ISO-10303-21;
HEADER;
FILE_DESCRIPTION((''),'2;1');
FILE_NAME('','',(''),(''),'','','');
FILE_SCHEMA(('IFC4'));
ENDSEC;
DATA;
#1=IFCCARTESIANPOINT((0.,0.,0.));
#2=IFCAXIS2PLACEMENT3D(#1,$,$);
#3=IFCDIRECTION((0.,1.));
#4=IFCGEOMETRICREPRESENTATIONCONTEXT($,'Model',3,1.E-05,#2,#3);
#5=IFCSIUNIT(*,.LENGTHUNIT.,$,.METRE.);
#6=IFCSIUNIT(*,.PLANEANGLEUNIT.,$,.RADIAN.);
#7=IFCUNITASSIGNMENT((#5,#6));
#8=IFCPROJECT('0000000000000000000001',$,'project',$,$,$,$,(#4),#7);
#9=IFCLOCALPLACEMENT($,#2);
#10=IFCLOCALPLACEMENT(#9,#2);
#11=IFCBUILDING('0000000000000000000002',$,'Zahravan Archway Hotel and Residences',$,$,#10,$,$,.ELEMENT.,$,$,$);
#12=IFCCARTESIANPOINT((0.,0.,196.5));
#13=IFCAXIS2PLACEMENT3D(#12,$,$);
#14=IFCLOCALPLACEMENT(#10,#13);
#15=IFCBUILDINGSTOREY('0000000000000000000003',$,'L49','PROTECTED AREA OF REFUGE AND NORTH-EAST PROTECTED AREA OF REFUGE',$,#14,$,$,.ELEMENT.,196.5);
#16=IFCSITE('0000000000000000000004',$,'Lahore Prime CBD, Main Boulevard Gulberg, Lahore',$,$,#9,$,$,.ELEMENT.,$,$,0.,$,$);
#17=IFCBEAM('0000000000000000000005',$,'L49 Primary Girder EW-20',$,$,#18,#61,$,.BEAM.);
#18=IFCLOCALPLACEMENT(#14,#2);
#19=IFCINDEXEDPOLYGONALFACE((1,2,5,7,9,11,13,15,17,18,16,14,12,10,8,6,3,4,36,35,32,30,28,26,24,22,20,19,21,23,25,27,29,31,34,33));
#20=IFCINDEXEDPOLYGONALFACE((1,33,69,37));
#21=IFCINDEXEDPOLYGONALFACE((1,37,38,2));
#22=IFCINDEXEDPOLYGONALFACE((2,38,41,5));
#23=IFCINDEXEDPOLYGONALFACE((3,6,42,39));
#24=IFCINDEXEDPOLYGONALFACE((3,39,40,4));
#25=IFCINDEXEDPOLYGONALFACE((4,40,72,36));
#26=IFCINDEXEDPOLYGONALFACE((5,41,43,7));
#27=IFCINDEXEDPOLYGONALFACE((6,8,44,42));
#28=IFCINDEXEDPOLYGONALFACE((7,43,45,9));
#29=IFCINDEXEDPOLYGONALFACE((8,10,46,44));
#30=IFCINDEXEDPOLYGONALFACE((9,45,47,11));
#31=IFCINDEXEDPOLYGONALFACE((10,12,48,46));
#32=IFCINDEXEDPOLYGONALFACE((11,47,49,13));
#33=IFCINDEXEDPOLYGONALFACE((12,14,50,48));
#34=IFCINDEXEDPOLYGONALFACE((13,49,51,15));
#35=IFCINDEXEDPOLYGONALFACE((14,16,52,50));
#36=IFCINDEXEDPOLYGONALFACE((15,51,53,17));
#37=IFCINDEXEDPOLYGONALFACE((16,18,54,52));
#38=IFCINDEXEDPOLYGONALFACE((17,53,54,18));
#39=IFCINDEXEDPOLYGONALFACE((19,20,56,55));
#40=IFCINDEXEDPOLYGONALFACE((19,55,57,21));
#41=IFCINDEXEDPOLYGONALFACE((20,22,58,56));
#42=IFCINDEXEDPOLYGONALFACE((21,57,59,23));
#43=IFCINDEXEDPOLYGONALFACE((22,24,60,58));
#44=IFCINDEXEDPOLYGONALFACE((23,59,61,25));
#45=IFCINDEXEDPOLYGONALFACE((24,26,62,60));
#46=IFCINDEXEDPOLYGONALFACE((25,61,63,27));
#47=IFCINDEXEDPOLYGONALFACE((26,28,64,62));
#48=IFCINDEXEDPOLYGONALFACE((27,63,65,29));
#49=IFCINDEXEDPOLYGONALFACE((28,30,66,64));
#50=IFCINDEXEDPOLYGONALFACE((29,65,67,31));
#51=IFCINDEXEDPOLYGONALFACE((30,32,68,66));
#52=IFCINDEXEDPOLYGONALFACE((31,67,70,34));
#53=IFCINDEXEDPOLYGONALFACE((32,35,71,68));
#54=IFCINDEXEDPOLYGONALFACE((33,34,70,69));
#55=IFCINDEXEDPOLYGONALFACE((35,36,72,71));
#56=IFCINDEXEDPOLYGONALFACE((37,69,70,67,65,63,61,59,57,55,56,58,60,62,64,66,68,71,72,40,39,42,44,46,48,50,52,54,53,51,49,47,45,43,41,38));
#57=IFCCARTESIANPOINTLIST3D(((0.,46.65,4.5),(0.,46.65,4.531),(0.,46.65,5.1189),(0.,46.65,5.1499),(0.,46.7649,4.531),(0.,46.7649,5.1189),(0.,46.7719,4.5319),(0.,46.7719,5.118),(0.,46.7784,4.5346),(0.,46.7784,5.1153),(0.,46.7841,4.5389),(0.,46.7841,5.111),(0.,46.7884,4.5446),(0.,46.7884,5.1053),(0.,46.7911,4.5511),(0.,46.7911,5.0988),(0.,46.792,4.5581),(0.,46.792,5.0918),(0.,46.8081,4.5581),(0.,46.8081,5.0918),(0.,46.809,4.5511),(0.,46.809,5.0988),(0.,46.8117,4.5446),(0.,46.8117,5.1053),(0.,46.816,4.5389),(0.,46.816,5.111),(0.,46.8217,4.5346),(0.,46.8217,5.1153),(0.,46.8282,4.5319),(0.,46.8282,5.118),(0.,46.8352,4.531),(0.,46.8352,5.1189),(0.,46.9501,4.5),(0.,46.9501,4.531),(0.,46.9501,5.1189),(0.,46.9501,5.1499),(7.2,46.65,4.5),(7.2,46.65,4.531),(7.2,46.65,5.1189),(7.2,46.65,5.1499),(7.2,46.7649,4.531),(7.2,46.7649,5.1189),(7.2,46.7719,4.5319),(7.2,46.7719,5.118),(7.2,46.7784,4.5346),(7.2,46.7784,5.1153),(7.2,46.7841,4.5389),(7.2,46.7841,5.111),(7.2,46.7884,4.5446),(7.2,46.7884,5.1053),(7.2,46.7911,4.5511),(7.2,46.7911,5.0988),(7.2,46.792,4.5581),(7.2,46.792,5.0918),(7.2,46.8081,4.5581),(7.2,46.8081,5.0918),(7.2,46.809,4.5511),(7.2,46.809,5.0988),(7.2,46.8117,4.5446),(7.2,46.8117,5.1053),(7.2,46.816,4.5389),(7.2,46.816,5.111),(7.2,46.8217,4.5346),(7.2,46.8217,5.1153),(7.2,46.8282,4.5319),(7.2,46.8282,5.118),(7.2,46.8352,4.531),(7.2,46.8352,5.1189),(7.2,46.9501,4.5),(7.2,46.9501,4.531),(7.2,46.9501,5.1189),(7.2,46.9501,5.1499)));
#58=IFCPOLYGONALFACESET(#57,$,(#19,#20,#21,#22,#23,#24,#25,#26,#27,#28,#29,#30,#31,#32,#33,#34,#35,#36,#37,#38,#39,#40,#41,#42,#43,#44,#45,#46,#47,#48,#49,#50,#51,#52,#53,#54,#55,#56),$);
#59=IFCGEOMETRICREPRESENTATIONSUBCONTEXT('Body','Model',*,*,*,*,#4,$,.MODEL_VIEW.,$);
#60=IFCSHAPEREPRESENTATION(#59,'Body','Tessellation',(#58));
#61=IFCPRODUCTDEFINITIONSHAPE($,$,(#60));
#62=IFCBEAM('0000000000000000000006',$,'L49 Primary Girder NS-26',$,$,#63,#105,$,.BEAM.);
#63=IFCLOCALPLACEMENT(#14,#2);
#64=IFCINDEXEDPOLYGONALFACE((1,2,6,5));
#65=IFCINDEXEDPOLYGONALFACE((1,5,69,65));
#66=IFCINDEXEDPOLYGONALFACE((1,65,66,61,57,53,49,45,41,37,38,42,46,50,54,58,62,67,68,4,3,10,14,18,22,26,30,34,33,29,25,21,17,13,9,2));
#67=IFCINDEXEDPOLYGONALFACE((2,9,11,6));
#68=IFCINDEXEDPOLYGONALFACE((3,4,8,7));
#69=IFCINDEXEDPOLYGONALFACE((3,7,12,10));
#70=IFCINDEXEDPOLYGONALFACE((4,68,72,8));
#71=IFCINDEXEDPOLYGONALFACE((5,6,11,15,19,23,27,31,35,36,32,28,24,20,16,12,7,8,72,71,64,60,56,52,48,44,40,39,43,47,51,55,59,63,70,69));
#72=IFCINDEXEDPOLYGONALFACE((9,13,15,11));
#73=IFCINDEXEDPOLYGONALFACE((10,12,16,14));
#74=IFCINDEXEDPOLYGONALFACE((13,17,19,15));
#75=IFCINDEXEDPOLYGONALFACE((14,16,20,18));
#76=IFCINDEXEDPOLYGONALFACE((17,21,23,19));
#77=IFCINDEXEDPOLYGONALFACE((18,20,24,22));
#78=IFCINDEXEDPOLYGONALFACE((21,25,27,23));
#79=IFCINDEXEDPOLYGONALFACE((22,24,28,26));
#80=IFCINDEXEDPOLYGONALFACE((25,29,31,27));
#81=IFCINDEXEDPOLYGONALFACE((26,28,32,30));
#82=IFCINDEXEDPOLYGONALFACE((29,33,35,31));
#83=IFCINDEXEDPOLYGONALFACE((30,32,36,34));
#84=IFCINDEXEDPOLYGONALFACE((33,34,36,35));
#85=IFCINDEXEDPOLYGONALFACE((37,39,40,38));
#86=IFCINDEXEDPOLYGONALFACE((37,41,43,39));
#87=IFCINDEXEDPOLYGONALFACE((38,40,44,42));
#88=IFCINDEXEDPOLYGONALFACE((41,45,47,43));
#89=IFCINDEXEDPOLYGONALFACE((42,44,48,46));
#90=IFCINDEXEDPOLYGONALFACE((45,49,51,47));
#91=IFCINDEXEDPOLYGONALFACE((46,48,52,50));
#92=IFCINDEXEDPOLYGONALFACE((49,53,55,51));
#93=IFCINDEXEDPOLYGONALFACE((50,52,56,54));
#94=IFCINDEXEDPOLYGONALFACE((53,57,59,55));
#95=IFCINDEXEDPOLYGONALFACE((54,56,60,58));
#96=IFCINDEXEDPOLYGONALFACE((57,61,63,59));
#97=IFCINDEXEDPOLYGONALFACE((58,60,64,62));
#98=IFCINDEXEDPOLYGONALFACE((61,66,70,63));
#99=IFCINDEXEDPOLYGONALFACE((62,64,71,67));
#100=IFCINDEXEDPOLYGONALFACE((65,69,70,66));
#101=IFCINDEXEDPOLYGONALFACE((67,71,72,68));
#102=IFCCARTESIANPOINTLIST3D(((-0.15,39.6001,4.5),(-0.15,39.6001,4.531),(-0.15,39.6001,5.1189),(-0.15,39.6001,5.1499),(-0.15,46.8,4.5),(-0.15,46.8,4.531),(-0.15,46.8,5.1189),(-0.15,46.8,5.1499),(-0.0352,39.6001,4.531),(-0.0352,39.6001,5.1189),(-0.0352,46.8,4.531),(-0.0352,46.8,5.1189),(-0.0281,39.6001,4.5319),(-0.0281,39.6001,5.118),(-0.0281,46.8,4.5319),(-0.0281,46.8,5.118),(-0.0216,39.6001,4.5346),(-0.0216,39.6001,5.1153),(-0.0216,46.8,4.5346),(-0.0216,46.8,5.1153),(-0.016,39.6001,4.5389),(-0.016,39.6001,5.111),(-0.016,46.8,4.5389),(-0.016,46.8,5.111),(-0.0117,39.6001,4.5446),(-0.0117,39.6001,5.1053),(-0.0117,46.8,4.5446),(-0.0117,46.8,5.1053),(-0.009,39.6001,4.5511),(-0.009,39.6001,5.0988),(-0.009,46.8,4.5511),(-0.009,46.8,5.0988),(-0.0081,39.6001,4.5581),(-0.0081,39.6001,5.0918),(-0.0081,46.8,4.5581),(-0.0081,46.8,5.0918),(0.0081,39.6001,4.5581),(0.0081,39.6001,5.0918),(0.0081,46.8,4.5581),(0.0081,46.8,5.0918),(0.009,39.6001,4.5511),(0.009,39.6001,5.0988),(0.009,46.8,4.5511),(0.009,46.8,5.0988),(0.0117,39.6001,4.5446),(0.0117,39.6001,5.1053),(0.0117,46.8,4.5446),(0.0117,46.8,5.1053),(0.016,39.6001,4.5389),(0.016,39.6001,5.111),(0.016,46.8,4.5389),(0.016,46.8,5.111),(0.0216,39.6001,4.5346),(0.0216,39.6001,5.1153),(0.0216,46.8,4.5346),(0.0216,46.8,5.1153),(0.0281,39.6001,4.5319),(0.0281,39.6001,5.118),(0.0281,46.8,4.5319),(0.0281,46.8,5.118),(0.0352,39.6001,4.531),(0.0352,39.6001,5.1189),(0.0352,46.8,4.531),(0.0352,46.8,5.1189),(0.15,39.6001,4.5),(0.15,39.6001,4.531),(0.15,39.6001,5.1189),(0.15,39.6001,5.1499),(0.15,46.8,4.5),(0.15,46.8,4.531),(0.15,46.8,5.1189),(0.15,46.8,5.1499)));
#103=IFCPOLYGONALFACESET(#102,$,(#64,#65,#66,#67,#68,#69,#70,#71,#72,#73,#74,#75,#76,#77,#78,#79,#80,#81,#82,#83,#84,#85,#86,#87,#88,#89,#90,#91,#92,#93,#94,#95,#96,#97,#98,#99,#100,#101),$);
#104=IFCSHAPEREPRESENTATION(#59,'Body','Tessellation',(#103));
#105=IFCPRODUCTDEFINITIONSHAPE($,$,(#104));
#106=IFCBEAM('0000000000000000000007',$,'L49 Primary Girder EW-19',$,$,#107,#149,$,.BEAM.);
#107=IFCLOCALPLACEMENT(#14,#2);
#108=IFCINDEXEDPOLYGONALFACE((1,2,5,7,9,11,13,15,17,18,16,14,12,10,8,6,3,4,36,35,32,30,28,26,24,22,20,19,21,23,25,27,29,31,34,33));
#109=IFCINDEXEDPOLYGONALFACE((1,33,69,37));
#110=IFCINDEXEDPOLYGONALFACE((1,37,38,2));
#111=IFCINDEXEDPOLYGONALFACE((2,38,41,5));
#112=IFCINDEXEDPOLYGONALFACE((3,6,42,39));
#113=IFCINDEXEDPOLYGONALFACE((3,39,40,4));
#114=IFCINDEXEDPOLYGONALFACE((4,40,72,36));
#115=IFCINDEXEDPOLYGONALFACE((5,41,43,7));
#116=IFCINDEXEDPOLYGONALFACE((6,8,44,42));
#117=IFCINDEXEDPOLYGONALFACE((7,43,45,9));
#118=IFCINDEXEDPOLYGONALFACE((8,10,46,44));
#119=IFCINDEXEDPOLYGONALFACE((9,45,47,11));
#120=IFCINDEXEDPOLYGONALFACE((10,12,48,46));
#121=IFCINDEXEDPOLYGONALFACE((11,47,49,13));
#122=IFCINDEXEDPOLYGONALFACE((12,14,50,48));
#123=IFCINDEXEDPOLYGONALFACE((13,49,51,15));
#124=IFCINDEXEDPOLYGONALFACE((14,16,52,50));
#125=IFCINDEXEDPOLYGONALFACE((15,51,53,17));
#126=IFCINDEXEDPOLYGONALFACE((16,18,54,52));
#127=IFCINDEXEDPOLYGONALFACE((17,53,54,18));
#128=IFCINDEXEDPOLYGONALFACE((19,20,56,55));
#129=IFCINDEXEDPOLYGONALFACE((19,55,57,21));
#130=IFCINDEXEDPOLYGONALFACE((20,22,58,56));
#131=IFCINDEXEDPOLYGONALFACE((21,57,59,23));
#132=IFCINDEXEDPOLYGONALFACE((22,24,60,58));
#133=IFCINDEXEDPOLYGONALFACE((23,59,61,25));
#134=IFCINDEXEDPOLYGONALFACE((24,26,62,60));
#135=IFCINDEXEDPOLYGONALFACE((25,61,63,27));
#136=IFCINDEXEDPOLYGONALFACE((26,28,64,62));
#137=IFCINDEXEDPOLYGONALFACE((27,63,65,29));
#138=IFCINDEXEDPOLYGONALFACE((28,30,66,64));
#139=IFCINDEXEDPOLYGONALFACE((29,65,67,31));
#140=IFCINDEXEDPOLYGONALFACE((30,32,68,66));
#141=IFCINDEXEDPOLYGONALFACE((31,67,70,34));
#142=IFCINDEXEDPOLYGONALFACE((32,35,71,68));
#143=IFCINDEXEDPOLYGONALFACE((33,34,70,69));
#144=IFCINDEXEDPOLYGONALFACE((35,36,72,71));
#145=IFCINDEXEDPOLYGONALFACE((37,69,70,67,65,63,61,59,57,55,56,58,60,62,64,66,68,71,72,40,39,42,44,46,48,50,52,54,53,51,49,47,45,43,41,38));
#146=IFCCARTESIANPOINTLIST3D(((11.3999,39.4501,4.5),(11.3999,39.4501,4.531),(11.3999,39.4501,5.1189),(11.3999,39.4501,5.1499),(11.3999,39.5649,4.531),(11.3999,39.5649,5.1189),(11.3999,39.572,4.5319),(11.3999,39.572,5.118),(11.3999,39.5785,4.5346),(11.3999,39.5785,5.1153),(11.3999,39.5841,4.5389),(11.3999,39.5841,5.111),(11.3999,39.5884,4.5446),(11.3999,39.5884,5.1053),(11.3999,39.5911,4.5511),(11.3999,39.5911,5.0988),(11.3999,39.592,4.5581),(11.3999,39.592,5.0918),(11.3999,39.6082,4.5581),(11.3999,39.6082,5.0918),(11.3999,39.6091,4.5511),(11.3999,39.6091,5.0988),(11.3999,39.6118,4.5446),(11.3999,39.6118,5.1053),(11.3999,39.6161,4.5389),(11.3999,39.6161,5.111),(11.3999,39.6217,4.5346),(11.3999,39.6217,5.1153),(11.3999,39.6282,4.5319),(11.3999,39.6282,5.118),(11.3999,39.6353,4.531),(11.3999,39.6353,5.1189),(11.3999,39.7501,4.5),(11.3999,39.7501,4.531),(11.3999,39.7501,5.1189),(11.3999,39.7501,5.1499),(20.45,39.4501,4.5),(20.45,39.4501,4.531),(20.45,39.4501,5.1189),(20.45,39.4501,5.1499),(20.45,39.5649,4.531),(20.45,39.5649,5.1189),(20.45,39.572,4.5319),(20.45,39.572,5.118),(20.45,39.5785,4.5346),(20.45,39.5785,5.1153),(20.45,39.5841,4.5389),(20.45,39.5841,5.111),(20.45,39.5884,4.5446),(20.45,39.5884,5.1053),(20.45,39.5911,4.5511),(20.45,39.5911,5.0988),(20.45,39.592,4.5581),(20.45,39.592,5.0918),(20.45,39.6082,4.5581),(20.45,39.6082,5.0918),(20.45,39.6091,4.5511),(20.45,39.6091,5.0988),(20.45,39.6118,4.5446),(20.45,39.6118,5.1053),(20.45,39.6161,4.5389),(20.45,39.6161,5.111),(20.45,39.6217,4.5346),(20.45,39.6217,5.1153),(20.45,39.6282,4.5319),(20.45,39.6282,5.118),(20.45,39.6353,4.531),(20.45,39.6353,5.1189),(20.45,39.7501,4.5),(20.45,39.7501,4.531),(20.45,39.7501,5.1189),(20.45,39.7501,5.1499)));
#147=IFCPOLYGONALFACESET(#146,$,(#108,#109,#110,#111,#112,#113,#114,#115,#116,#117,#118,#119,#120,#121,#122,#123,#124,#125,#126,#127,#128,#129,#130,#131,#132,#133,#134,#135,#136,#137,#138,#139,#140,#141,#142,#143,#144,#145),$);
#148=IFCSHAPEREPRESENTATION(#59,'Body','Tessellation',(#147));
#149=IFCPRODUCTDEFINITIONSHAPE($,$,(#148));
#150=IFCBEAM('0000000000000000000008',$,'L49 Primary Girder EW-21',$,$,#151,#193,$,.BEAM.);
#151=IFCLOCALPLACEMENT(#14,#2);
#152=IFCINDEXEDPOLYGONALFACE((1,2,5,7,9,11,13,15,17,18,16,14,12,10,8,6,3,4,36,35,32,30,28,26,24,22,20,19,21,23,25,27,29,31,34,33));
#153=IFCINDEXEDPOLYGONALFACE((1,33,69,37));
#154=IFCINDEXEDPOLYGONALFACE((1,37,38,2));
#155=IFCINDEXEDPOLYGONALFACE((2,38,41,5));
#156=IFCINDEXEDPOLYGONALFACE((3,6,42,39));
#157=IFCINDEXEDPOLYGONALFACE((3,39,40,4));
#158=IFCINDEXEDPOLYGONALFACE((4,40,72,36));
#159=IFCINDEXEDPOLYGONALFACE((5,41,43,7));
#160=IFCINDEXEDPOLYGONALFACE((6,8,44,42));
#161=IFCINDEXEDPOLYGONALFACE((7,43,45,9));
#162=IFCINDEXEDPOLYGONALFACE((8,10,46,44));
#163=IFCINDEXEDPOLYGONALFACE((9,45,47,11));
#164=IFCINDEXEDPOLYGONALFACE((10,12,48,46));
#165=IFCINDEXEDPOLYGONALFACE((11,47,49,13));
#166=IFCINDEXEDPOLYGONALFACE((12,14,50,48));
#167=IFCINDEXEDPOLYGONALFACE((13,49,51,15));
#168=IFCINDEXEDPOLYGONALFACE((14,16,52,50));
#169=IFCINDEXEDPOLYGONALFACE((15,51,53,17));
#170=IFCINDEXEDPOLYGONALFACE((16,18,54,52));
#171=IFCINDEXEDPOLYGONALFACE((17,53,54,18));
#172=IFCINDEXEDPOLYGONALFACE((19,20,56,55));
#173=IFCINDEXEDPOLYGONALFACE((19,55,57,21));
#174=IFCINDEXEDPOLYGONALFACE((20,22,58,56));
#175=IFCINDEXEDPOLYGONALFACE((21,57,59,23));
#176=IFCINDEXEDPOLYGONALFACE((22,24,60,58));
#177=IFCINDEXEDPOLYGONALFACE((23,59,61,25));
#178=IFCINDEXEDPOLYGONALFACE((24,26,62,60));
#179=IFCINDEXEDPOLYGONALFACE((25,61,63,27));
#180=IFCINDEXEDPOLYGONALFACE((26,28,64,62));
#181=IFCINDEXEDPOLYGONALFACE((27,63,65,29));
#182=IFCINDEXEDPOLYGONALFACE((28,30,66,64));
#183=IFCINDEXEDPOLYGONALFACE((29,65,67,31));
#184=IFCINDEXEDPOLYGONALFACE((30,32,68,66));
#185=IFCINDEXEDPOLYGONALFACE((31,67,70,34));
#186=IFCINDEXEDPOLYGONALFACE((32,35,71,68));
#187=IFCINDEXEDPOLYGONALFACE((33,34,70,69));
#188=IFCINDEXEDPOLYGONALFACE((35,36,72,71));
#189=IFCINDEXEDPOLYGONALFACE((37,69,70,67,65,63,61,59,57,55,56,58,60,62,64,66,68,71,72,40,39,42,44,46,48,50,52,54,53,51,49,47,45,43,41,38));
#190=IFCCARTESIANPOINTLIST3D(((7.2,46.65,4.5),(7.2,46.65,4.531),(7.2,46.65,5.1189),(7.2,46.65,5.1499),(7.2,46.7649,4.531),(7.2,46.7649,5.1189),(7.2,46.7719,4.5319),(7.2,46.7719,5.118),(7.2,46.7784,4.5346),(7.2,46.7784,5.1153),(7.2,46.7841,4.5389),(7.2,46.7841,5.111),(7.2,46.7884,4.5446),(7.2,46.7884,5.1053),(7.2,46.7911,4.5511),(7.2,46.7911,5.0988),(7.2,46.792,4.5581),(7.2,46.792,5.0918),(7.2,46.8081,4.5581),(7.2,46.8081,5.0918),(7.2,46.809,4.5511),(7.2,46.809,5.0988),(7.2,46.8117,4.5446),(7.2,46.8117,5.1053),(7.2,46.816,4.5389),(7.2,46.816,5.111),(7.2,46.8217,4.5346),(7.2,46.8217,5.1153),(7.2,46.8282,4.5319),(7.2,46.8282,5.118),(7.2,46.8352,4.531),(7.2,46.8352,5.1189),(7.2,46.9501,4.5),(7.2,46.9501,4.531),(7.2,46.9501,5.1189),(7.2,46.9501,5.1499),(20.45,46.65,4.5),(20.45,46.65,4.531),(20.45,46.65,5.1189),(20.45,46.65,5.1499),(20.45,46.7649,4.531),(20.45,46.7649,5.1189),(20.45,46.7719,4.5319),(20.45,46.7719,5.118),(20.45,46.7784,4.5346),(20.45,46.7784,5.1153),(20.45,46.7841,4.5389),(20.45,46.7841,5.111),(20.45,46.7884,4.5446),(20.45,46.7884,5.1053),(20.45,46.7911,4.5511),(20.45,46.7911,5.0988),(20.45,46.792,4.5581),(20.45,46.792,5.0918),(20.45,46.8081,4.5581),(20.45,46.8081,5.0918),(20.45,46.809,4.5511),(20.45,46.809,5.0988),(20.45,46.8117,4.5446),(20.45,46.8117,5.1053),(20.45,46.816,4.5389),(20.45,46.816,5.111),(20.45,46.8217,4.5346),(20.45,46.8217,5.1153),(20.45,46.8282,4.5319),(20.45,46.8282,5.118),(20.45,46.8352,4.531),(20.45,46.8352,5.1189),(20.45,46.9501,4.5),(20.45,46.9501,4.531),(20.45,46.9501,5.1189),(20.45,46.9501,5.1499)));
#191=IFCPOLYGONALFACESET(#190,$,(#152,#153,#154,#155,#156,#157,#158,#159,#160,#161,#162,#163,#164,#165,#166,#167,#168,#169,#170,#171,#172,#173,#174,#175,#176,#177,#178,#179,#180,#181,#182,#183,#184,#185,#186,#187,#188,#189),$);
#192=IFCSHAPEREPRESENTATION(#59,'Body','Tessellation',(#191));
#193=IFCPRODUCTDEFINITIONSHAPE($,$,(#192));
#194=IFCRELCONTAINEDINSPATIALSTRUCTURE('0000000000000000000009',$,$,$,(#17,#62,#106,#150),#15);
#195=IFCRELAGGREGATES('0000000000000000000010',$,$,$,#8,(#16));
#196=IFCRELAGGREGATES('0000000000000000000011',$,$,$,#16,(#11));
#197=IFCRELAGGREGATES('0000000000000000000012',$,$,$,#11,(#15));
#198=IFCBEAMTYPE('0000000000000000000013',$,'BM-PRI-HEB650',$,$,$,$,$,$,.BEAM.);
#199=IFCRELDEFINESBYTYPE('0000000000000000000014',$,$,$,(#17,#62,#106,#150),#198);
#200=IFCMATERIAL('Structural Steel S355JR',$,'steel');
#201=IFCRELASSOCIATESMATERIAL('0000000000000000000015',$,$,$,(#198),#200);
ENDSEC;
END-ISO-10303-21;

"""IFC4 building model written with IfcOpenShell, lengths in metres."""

from ifc_helpers import new_model, si_unit, direction, frame, origin, origin_2d, place, context, subcontext, project, spatial, i_section, extrude, source, transform, mapped, material, material_profile, profile_set, type_object, element, save


model = new_model("IFC4")

# Units and contexts
model_context = context("Model", 3, precision=1e-05, world=origin(), true_north=direction((0.0, 1.0)))
body_context = subcontext(model_context, "Body", "Model", "MODEL_VIEW")
ifc_project = project(units=[si_unit("LENGTHUNIT", "METRE"), si_unit("PLANEANGLEUNIT", "RADIAN")], contexts=[model_context])

# Site, building, storey
site_placement = place(None, origin())
site = spatial("IfcSite", under=ifc_project, at=site_placement, Name="Lahore Prime CBD, Main Boulevard Gulberg, Lahore", CompositionType="ELEMENT", RefElevation=0.0)
building_placement = place(site_placement, origin())
building = spatial("IfcBuilding", under=site, at=building_placement, Name="Zahravan Archway Hotel and Residences", CompositionType="ELEMENT")
storey_placement = place(building_placement, frame((0.0, 0.0, 196.5)))
storey = spatial("IfcBuildingStorey", under=building, at=storey_placement, Name="L49", Description="PROTECTED AREA OF REFUGE AND NORTH-EAST PROTECTED AREA OF REFUGE", CompositionType="ELEMENT", Elevation=196.5)

# Beams
ifc_material_1 = material(Name="Structural Steel S355JR", Category="steel")
ifc_material_profile_1 = material_profile(ifc_material_1, i_section(OverallWidth=0.3, OverallDepth=0.6499, WebThickness=0.0161, FlangeThickness=0.031, FilletRadius=0.0271, at=origin_2d()), Name="HEB 650", Category="steel")
ifc_profile_set_1 = profile_set([ifc_material_profile_1], Name="Structural Steel S355JR")
beam_type_1 = type_object("IfcBeamType", Name="BM-PRI-HEB650", PredefinedType="BEAM", material=ifc_profile_set_1)
shared_shape_1 = source(origin(), body_context, "Body", "SweptSolid", [
    extrude(i_section(OverallWidth=0.3, OverallDepth=0.6499, WebThickness=0.0161, FlangeThickness=0.031, FilletRadius=0.0271, at=origin_2d()), origin(), (0.0, 0.0, 1.0), 7.2),
])
for number, where, z_axis, x_axis, name in (
    (1, (0.0, 46.8, 4.825), (1.0, 0.0, 0.0), (0.0, 1.0, 0.0), "L49 Primary Girder EW-20"),
    (2, (0.0, 39.6001, 4.825), (0.0, 1.0, 0.0), (-1.0, 0.0, 0.0), "L49 Primary Girder NS-26"),
):
    element("IfcBeam", number, at=place(storey_placement, frame(where, z_axis=z_axis, x_axis=x_axis)), inside=storey, type_object=beam_type_1, Name=name, PredefinedType="BEAM", context=body_context, shape_type="MappedRepresentation", body=[
        mapped(shared_shape_1, transform((0.0, 0.0, 0.0), scale=1.0)),
    ])
shared_shape_2 = source(origin(), body_context, "Body", "SweptSolid", [
    extrude(i_section(OverallWidth=0.3, OverallDepth=0.6499, WebThickness=0.0161, FlangeThickness=0.031, FilletRadius=0.0271, at=origin_2d()), origin(), (0.0, 0.0, 1.0), 9.05),
])
beam_1_placement = place(storey_placement, frame((11.3999, 39.6001, 4.825), z_axis=(1.0, 0.0, 0.0), x_axis=(0.0, 1.0, 0.0)))
element("IfcBeam", 3, at=beam_1_placement, inside=storey, type_object=beam_type_1, Name="L49 Primary Girder EW-19", PredefinedType="BEAM", context=body_context, shape_type="MappedRepresentation", body=[
    mapped(shared_shape_2, transform((0.0, 0.0, 0.0), scale=1.0)),
])
shared_shape_3 = source(origin(), body_context, "Body", "SweptSolid", [
    extrude(i_section(OverallWidth=0.3, OverallDepth=0.6499, WebThickness=0.0161, FlangeThickness=0.031, FilletRadius=0.0271, at=origin_2d()), origin(), (0.0, 0.0, 1.0), 13.25),
])
beam_2_placement = place(storey_placement, frame((7.2, 46.8, 4.825), z_axis=(1.0, 0.0, 0.0), x_axis=(0.0, 1.0, 0.0)))
element("IfcBeam", 4, at=beam_2_placement, inside=storey, type_object=beam_type_1, Name="L49 Primary Girder EW-21", PredefinedType="BEAM", context=body_context, shape_type="MappedRepresentation", body=[
    mapped(shared_shape_3, transform((0.0, 0.0, 0.0), scale=1.0)),
])

save(model, "model.ifc")
